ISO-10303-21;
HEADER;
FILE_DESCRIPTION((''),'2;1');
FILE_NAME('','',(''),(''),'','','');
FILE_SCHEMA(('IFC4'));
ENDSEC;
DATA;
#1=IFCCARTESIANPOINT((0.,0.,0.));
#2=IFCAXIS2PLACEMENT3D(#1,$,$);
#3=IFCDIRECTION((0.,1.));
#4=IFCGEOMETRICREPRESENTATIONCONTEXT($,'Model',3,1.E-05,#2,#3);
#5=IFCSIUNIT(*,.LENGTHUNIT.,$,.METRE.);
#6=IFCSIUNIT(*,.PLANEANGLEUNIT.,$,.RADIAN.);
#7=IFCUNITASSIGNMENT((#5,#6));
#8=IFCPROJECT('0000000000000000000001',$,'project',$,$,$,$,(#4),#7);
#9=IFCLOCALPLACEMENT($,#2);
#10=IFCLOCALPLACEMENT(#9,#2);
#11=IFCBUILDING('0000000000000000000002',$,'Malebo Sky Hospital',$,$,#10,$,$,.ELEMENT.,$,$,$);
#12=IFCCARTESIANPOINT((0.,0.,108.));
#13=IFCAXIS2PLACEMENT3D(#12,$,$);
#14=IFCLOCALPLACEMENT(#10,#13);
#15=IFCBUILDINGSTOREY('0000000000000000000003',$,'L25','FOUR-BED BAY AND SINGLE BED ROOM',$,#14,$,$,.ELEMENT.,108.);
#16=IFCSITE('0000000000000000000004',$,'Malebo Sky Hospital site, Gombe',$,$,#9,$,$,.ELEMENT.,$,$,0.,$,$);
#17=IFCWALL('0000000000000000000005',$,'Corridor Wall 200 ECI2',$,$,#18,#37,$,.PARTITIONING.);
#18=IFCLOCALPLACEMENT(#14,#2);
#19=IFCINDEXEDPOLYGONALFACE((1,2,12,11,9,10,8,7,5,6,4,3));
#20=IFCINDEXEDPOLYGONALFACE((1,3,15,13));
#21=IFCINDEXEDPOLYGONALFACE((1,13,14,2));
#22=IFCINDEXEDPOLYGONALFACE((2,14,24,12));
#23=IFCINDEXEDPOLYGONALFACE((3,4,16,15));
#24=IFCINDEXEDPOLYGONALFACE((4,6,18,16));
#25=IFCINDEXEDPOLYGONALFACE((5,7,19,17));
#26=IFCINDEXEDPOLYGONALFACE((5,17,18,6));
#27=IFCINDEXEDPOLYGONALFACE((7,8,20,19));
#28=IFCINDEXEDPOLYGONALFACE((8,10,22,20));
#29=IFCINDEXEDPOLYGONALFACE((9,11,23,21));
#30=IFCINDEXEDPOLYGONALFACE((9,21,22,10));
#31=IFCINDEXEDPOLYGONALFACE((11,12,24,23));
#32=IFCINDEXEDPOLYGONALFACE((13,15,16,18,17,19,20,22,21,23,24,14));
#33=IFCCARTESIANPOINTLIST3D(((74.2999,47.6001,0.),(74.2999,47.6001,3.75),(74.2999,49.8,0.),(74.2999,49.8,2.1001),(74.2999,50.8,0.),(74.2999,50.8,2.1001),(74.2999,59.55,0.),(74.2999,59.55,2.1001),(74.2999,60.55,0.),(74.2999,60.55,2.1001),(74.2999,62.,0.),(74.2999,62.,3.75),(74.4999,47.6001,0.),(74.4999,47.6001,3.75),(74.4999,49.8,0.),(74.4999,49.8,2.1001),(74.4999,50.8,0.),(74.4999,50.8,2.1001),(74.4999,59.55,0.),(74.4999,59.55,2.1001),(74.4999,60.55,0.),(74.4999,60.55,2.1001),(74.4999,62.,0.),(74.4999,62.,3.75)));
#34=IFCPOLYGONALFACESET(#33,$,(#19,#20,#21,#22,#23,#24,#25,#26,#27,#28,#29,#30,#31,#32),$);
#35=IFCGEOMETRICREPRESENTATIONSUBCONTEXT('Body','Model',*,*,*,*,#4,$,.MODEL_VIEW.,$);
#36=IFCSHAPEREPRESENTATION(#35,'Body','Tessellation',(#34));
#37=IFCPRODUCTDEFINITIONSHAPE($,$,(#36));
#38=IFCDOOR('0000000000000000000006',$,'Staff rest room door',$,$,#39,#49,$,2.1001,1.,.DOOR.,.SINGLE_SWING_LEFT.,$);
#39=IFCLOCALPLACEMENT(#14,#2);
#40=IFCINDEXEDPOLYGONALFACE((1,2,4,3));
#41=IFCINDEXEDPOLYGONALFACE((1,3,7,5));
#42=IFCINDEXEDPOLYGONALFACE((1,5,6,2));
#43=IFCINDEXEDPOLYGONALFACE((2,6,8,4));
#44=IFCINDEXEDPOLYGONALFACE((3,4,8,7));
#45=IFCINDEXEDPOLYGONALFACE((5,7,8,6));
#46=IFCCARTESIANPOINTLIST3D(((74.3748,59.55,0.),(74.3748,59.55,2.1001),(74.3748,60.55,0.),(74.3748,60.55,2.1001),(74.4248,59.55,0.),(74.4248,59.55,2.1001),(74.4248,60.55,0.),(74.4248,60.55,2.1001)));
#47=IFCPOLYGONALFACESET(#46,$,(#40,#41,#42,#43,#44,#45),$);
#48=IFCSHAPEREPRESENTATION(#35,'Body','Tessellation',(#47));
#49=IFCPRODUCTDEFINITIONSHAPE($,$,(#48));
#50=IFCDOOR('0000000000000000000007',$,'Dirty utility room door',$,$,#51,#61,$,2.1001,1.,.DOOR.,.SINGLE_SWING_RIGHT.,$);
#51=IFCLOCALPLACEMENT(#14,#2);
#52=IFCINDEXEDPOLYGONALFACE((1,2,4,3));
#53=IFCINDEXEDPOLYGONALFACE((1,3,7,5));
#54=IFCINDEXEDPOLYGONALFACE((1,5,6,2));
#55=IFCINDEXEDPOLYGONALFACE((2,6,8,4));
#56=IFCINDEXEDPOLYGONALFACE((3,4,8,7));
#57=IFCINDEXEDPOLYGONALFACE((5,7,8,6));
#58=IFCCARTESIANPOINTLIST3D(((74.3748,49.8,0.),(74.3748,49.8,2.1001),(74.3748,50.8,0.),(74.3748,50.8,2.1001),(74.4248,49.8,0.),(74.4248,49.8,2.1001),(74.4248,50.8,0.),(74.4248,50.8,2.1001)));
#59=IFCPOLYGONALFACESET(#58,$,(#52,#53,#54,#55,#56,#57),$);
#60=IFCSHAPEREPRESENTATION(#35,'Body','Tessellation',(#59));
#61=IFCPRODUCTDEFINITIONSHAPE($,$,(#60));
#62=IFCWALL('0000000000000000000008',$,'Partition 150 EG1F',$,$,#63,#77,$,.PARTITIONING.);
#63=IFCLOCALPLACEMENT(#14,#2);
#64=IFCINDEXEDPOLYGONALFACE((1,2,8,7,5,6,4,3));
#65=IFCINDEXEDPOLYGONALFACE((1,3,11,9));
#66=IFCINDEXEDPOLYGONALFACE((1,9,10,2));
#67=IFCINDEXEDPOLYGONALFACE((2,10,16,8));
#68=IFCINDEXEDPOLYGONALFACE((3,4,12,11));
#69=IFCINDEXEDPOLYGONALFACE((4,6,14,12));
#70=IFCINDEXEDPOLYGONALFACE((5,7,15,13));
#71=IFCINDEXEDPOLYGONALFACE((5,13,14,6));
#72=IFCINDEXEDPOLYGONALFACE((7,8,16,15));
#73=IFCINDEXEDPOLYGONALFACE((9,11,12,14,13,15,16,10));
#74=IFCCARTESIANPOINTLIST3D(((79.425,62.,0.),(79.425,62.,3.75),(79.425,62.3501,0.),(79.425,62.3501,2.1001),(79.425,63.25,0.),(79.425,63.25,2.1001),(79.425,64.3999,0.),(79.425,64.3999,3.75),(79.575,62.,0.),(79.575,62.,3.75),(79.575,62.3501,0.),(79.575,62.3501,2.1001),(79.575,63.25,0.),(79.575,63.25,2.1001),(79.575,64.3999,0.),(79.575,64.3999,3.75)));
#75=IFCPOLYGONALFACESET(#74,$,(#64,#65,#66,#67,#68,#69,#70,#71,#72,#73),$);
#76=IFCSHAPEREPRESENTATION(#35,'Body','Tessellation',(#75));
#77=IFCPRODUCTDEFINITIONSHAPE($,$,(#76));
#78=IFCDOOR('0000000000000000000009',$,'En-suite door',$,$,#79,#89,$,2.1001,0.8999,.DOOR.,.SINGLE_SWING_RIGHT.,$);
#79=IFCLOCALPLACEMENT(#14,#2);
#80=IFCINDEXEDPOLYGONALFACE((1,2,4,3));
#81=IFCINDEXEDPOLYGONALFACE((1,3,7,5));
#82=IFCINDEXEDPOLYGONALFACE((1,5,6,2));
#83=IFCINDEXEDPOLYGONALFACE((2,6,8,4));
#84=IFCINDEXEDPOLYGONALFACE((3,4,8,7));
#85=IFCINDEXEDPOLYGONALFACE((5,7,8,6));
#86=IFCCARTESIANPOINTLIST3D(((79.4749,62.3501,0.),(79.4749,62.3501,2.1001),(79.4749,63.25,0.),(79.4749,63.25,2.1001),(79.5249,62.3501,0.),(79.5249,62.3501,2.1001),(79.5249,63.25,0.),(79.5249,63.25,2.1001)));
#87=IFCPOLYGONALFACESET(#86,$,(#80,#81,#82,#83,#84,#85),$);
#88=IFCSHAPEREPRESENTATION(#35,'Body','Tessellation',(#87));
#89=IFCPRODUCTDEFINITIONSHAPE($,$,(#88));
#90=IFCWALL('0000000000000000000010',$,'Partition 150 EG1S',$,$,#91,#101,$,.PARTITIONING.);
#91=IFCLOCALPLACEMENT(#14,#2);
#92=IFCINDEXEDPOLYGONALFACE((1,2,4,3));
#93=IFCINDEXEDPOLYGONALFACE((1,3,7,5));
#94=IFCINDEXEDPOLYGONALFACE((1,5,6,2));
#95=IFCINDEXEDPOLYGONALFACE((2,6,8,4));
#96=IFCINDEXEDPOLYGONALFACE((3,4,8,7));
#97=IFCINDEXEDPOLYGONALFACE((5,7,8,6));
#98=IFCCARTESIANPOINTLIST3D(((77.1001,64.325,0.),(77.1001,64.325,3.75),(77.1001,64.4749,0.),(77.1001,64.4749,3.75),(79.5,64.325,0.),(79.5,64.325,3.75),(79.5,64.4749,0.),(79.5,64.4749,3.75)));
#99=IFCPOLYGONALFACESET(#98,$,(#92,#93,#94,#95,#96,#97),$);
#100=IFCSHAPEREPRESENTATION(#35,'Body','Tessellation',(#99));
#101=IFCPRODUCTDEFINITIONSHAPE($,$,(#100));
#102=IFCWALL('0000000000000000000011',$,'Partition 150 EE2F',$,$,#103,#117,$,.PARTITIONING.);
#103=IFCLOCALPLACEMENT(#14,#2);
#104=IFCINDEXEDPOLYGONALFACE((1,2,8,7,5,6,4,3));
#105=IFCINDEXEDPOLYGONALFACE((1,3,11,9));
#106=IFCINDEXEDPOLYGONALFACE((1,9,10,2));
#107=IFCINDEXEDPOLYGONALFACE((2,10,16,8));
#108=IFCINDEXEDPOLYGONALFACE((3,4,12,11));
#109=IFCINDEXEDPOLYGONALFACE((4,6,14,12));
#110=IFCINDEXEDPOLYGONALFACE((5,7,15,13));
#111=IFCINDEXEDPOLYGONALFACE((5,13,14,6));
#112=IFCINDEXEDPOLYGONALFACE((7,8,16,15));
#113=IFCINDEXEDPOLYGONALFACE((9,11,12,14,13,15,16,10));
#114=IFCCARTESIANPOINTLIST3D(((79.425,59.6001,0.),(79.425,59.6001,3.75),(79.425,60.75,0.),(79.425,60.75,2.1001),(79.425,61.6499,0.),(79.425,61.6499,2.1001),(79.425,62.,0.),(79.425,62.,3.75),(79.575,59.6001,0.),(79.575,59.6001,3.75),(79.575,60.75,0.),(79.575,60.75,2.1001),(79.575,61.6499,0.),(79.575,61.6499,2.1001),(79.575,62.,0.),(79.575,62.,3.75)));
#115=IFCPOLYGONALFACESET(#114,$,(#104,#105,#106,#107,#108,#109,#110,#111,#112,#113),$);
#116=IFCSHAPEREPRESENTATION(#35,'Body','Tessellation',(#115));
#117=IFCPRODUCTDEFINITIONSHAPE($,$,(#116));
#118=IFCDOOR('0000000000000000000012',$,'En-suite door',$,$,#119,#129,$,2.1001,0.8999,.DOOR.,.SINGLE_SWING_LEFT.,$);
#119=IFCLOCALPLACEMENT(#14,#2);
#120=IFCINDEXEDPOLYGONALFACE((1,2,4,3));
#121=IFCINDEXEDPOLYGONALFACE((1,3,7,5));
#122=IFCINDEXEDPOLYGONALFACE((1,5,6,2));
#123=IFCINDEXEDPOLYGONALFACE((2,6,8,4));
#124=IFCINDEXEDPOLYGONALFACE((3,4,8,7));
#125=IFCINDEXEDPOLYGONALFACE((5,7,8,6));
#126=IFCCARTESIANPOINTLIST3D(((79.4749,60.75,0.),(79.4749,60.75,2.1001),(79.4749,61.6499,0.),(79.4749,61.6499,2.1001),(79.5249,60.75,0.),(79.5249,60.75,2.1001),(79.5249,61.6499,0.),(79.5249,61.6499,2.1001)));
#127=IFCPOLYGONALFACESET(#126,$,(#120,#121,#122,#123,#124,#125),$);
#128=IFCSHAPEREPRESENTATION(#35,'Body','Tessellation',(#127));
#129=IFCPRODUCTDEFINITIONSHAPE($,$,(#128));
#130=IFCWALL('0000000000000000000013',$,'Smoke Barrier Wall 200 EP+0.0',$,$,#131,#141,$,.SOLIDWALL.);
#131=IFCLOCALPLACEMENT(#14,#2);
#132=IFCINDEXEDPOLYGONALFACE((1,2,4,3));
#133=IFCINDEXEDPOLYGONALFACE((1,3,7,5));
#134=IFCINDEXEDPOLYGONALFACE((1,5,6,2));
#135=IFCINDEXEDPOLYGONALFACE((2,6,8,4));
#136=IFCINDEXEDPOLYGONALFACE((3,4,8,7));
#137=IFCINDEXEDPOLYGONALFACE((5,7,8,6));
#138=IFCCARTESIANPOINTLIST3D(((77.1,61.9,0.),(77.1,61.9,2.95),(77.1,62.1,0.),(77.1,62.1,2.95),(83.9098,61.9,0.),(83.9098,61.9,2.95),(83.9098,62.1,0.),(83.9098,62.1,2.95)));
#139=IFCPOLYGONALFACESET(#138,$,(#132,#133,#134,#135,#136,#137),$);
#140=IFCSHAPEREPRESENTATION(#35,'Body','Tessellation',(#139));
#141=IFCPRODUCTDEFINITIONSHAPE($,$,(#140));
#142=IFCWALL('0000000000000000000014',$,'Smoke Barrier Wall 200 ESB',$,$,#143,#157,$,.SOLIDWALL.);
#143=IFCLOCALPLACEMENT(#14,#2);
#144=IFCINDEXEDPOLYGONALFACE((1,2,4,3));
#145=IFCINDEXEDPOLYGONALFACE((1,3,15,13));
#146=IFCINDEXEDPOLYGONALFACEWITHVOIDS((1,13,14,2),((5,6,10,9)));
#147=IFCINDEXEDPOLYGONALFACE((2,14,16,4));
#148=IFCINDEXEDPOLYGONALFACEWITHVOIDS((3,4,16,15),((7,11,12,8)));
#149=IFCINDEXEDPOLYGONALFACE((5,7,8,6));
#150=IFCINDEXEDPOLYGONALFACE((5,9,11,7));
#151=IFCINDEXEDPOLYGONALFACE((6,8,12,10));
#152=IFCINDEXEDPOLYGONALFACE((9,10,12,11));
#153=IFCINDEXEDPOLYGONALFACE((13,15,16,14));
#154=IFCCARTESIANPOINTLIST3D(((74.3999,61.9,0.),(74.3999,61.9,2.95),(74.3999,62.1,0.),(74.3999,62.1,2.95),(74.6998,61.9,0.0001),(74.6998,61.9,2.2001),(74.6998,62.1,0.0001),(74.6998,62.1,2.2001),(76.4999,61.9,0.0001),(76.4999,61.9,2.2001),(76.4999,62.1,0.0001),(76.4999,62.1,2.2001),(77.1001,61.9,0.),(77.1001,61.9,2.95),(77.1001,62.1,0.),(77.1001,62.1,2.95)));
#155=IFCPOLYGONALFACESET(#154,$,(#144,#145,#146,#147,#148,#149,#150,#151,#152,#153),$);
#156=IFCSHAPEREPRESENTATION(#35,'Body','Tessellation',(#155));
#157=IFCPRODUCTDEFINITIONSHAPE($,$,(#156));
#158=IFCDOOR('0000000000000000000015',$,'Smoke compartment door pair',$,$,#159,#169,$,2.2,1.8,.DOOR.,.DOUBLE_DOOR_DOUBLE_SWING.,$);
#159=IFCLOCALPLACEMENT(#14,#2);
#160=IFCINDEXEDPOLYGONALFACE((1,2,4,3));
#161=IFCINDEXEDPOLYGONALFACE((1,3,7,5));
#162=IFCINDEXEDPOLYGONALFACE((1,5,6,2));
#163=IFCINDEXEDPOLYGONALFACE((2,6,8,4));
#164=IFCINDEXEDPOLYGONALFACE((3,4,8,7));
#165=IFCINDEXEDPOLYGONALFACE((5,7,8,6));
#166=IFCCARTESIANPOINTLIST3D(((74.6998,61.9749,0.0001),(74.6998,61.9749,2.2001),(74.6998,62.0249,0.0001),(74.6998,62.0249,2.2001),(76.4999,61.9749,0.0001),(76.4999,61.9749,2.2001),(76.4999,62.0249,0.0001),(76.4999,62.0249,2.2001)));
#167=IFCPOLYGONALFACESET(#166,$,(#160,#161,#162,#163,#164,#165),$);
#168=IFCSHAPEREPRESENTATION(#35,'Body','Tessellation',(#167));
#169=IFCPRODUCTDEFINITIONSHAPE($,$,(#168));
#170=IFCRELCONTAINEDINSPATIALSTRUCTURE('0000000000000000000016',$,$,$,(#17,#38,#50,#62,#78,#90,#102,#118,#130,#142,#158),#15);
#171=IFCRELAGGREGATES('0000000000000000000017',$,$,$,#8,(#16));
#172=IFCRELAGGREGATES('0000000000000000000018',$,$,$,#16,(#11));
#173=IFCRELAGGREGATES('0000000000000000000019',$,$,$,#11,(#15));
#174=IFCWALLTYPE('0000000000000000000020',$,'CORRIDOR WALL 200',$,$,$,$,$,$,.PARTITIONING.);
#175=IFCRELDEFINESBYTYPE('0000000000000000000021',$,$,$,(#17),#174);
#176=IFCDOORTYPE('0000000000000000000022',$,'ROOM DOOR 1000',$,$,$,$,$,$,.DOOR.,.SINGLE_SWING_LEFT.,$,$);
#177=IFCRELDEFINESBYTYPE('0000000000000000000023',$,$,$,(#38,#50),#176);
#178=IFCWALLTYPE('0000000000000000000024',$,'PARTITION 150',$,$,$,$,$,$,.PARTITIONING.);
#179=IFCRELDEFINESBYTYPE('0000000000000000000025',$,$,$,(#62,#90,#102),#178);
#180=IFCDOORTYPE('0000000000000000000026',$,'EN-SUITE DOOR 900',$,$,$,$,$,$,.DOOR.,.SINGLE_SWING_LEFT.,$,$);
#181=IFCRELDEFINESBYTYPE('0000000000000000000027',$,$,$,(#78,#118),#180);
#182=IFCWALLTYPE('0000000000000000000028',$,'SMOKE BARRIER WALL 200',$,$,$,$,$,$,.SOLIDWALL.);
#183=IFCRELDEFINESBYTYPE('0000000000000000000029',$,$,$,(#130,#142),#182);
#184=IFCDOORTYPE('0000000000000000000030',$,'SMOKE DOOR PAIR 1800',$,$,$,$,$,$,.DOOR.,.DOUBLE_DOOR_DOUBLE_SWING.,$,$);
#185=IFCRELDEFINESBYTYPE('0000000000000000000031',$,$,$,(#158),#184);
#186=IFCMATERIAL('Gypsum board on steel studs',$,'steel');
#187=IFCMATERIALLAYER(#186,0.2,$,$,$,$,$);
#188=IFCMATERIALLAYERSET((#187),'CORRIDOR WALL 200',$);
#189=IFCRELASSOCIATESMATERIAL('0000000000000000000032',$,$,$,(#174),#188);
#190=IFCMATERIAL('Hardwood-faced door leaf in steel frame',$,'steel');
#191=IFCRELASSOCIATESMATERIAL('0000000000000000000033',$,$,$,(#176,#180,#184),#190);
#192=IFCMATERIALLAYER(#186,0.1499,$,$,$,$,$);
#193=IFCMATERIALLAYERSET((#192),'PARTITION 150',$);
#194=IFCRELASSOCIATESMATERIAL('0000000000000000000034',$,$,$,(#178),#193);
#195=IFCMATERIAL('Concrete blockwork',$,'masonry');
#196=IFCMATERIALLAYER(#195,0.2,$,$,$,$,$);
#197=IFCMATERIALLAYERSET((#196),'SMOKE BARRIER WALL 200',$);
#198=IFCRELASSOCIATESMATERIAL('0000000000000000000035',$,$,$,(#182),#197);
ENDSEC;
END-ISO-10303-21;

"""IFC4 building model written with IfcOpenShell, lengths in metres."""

from ifc_helpers import new_model, si_unit, direction, frame, frame_2d, origin, place, context, subcontext, project, spatial, rectangle, extrude, material, layer, layer_set, type_object, element, fill, save


model = new_model("IFC4")

# Units and contexts
model_context = context("Model", 3, precision=1e-05, world=origin(), true_north=direction((0.0, 1.0)))
body_context = subcontext(model_context, "Body", "Model", "MODEL_VIEW")
ifc_project = project(units=[si_unit("LENGTHUNIT", "METRE"), si_unit("PLANEANGLEUNIT", "RADIAN")], contexts=[model_context])

# Site, building, storey
site_placement = place(None, origin())
site = spatial("IfcSite", under=ifc_project, at=site_placement, Name="Malebo Sky Hospital site, Gombe", CompositionType="ELEMENT", RefElevation=0.0)
building_placement = place(site_placement, origin())
building = spatial("IfcBuilding", under=site, at=building_placement, Name="Malebo Sky Hospital", CompositionType="ELEMENT")
storey_placement = place(building_placement, frame((0.0, 0.0, 108.0)))
storey = spatial("IfcBuildingStorey", under=building, at=storey_placement, Name="L25", Description="FOUR-BED BAY AND SINGLE BED ROOM", CompositionType="ELEMENT", Elevation=108.0)

# Wall, openings, doors
ifc_material_1 = material(Name="Gypsum board on steel studs", Category="steel")
ifc_layer_1 = layer(ifc_material_1, 0.2)
ifc_layer_set_1 = layer_set([ifc_layer_1], Name="CORRIDOR WALL 200")
wall_type_1 = type_object("IfcWallType", Name="CORRIDOR WALL 200", PredefinedType="PARTITIONING", material=ifc_layer_set_1)
wall_1_placement = place(storey_placement, frame((74.3999, 62.0, 0.0), z_axis=(0.0, 0.0, 1.0), x_axis=(0.0, -1.0, 0.0)))
wall_1 = element("IfcWall", 1, at=wall_1_placement, inside=storey, type_object=wall_type_1, Name="Corridor Wall 200 ECI2", PredefinedType="PARTITIONING", context=body_context, shape_type="SweptSolid", body=[
    extrude(rectangle(XDim=14.3999, YDim=0.2, at=frame_2d((7.2, 0.0))), origin(), (0.0, 0.0, 1.0), 3.75),
])
opening_1_placement = place(wall_1_placement, frame((1.45, 0.0, 0.0)))
opening_1 = element("IfcOpeningElement", 2, at=opening_1_placement, cuts=wall_1, PredefinedType="OPENING", context=body_context, shape_type="SweptSolid", body=[
    extrude(rectangle(XDim=1.0, YDim=2.1001, at=frame_2d((0.5, 1.05))), frame((0.0, 0.1099, 0.0), z_axis=(0.0, -1.0, 0.0), x_axis=(1.0, 0.0, 0.0)), (0.0, 0.0, 1.0), 0.22),
])
opening_2_placement = place(wall_1_placement, frame((11.2, 0.0, 0.0)))
opening_2 = element("IfcOpeningElement", 3, at=opening_2_placement, cuts=wall_1, PredefinedType="OPENING", context=body_context, shape_type="SweptSolid", body=[
    extrude(rectangle(XDim=1.0, YDim=2.1001, at=frame_2d((0.5, 1.05))), frame((0.0, 0.1099, 0.0), z_axis=(0.0, -1.0, 0.0), x_axis=(1.0, 0.0, 0.0)), (0.0, 0.0, 1.0), 0.22),
])
ifc_material_2 = material(Name="Hardwood-faced door leaf in steel frame", Category="steel")
door_type_1 = type_object("IfcDoorType", Name="ROOM DOOR 1000", OperationType="SINGLE_SWING_LEFT", PredefinedType="DOOR", material=ifc_material_2)
door_1_placement = place(opening_1_placement, origin())
door_1 = element("IfcDoor", 4, at=door_1_placement, inside=storey, type_object=door_type_1, Name="Staff rest room door", OperationType="SINGLE_SWING_LEFT", OverallHeight=2.1001, OverallWidth=1.0, PredefinedType="DOOR", context=body_context, shape_type="SweptSolid", body=[
    extrude(rectangle(XDim=1.0, YDim=2.1001, at=frame_2d((0.5, 1.05))), frame((0.0, 0.0249, 0.0), z_axis=(0.0, -1.0, 0.0), x_axis=(1.0, 0.0, 0.0)), (0.0, 0.0, 1.0), 0.05),
])
fill(opening_1, door_1)
door_2_placement = place(opening_2_placement, origin())
door_2 = element("IfcDoor", 5, at=door_2_placement, inside=storey, type_object=door_type_1, Name="Dirty utility room door", OperationType="SINGLE_SWING_RIGHT", OverallHeight=2.1001, OverallWidth=1.0, PredefinedType="DOOR", context=body_context, shape_type="SweptSolid", body=[
    extrude(rectangle(XDim=1.0, YDim=2.1001, at=frame_2d((0.5, 1.05))), frame((0.0, 0.0249, 0.0), z_axis=(0.0, -1.0, 0.0), x_axis=(1.0, 0.0, 0.0)), (0.0, 0.0, 1.0), 0.05),
])
fill(opening_2, door_2)

# Wall, opening, door
ifc_layer_2 = layer(ifc_material_1, 0.1499)
ifc_layer_set_2 = layer_set([ifc_layer_2], Name="PARTITION 150")
wall_type_2 = type_object("IfcWallType", Name="PARTITION 150", PredefinedType="PARTITIONING", material=ifc_layer_set_2)
wall_2_placement = place(storey_placement, frame((79.5, 64.3999, 0.0), z_axis=(0.0, 0.0, 1.0), x_axis=(0.0, -1.0, 0.0)))
wall_2 = element("IfcWall", 6, at=wall_2_placement, inside=storey, type_object=wall_type_2, Name="Partition 150 EG1F", PredefinedType="PARTITIONING", context=body_context, shape_type="SweptSolid", body=[
    extrude(rectangle(XDim=2.3999, YDim=0.1499, at=frame_2d((1.2, 0.0))), origin(), (0.0, 0.0, 1.0), 3.75),
])
opening_3_placement = place(wall_2_placement, frame((1.1499, 0.0, 0.0)))
opening_3 = element("IfcOpeningElement", 7, at=opening_3_placement, cuts=wall_2, PredefinedType="OPENING", context=body_context, shape_type="SweptSolid", body=[
    extrude(rectangle(XDim=0.8999, YDim=2.1001, at=frame_2d((0.45, 1.05))), frame((0.0, 0.085, 0.0), z_axis=(0.0, -1.0, 0.0), x_axis=(1.0, 0.0, 0.0)), (0.0, 0.0, 1.0), 0.1699),
])
door_type_2 = type_object("IfcDoorType", Name="EN-SUITE DOOR 900", OperationType="SINGLE_SWING_LEFT", PredefinedType="DOOR", material=ifc_material_2)
door_3_placement = place(opening_3_placement, origin())
door_3 = element("IfcDoor", 8, at=door_3_placement, inside=storey, type_object=door_type_2, Name="En-suite door", OperationType="SINGLE_SWING_RIGHT", OverallHeight=2.1001, OverallWidth=0.8999, PredefinedType="DOOR", context=body_context, shape_type="SweptSolid", body=[
    extrude(rectangle(XDim=0.8999, YDim=2.1001, at=frame_2d((0.45, 1.05))), frame((0.0, 0.0249, 0.0), z_axis=(0.0, -1.0, 0.0), x_axis=(1.0, 0.0, 0.0)), (0.0, 0.0, 1.0), 0.05),
])
fill(opening_3, door_3)

# Wall
wall_3_placement = place(storey_placement, frame((77.1001, 64.3999, 0.0), z_axis=(0.0, 0.0, 1.0), x_axis=(1.0, 0.0, 0.0)))
element("IfcWall", 9, at=wall_3_placement, inside=storey, type_object=wall_type_2, Name="Partition 150 EG1S", PredefinedType="PARTITIONING", context=body_context, shape_type="SweptSolid", body=[
    extrude(rectangle(XDim=2.3999, YDim=0.1499, at=frame_2d((1.2, 0.0))), origin(), (0.0, 0.0, 1.0), 3.75),
])

# Wall, opening, door
wall_4_placement = place(storey_placement, frame((79.5, 62.0, 0.0), z_axis=(0.0, 0.0, 1.0), x_axis=(0.0, -1.0, 0.0)))
wall_4 = element("IfcWall", 10, at=wall_4_placement, inside=storey, type_object=wall_type_2, Name="Partition 150 EE2F", PredefinedType="PARTITIONING", context=body_context, shape_type="SweptSolid", body=[
    extrude(rectangle(XDim=2.3999, YDim=0.1499, at=frame_2d((1.2, 0.0))), origin(), (0.0, 0.0, 1.0), 3.75),
])
opening_4_placement = place(wall_4_placement, frame((0.3501, 0.0, 0.0)))
opening_4 = element("IfcOpeningElement", 11, at=opening_4_placement, cuts=wall_4, PredefinedType="OPENING", context=body_context, shape_type="SweptSolid", body=[
    extrude(rectangle(XDim=0.8999, YDim=2.1001, at=frame_2d((0.45, 1.05))), frame((0.0, 0.085, 0.0), z_axis=(0.0, -1.0, 0.0), x_axis=(1.0, 0.0, 0.0)), (0.0, 0.0, 1.0), 0.1699),
])
door_4_placement = place(opening_4_placement, origin())
door_4 = element("IfcDoor", 12, at=door_4_placement, inside=storey, type_object=door_type_2, Name="En-suite door", OperationType="SINGLE_SWING_LEFT", OverallHeight=2.1001, OverallWidth=0.8999, PredefinedType="DOOR", context=body_context, shape_type="SweptSolid", body=[
    extrude(rectangle(XDim=0.8999, YDim=2.1001, at=frame_2d((0.45, 1.05))), frame((0.0, 0.0249, 0.0), z_axis=(0.0, -1.0, 0.0), x_axis=(1.0, 0.0, 0.0)), (0.0, 0.0, 1.0), 0.05),
])
fill(opening_4, door_4)

# Wall
ifc_material_3 = material(Name="Concrete blockwork", Category="masonry")
ifc_layer_3 = layer(ifc_material_3, 0.2)
ifc_layer_set_3 = layer_set([ifc_layer_3], Name="SMOKE BARRIER WALL 200")
wall_type_3 = type_object("IfcWallType", Name="SMOKE BARRIER WALL 200", PredefinedType="SOLIDWALL", material=ifc_layer_set_3)
wall_5_placement = place(storey_placement, frame((77.1001, 62.0, 0.0), z_axis=(0.0, 0.0, 1.0), x_axis=(1.0, 0.0, 0.0)))
element("IfcWall", 13, at=wall_5_placement, inside=storey, type_object=wall_type_3, Name="Smoke Barrier Wall 200 EP+0.0", PredefinedType="SOLIDWALL", context=body_context, shape_type="SweptSolid", body=[
    extrude(rectangle(XDim=6.8098, YDim=0.2, at=frame_2d((3.4048, 0.0))), origin(), (0.0, 0.0, 1.0), 2.95),
])

# Wall, opening, door
wall_6_placement = place(storey_placement, frame((74.3999, 62.0, 0.0), z_axis=(0.0, 0.0, 1.0), x_axis=(1.0, 0.0, 0.0)))
wall_6 = element("IfcWall", 14, at=wall_6_placement, inside=storey, type_object=wall_type_3, Name="Smoke Barrier Wall 200 ESB", PredefinedType="SOLIDWALL", context=body_context, shape_type="SweptSolid", body=[
    extrude(rectangle(XDim=2.7002, YDim=0.2, at=frame_2d((1.3501, 0.0))), origin(), (0.0, 0.0, 1.0), 2.95),
])
opening_5_placement = place(wall_6_placement, frame((0.3, 0.0, 0.0)))
opening_5 = element("IfcOpeningElement", 15, at=opening_5_placement, cuts=wall_6, PredefinedType="OPENING", context=body_context, shape_type="SweptSolid", body=[
    extrude(rectangle(XDim=1.8, YDim=2.2, at=frame_2d((0.8999, 1.1001))), frame((0.0, 0.1099, 0.0), z_axis=(0.0, -1.0, 0.0), x_axis=(1.0, 0.0, 0.0)), (0.0, 0.0, 1.0), 0.22),
])
door_type_3 = type_object("IfcDoorType", Name="SMOKE DOOR PAIR 1800", OperationType="DOUBLE_DOOR_DOUBLE_SWING", PredefinedType="DOOR", material=ifc_material_2)
door_5_placement = place(opening_5_placement, origin())
door_5 = element("IfcDoor", 16, at=door_5_placement, inside=storey, type_object=door_type_3, Name="Smoke compartment door pair", OperationType="DOUBLE_DOOR_DOUBLE_SWING", OverallHeight=2.2, OverallWidth=1.8, PredefinedType="DOOR", context=body_context, shape_type="SweptSolid", body=[
    extrude(rectangle(XDim=1.8, YDim=2.2, at=frame_2d((0.8999, 1.1001))), frame((0.0, 0.0249, 0.0), z_axis=(0.0, -1.0, 0.0), x_axis=(1.0, 0.0, 0.0)), (0.0, 0.0, 1.0), 0.05),
])
fill(opening_5, door_5)

save(model, "model.ifc")
